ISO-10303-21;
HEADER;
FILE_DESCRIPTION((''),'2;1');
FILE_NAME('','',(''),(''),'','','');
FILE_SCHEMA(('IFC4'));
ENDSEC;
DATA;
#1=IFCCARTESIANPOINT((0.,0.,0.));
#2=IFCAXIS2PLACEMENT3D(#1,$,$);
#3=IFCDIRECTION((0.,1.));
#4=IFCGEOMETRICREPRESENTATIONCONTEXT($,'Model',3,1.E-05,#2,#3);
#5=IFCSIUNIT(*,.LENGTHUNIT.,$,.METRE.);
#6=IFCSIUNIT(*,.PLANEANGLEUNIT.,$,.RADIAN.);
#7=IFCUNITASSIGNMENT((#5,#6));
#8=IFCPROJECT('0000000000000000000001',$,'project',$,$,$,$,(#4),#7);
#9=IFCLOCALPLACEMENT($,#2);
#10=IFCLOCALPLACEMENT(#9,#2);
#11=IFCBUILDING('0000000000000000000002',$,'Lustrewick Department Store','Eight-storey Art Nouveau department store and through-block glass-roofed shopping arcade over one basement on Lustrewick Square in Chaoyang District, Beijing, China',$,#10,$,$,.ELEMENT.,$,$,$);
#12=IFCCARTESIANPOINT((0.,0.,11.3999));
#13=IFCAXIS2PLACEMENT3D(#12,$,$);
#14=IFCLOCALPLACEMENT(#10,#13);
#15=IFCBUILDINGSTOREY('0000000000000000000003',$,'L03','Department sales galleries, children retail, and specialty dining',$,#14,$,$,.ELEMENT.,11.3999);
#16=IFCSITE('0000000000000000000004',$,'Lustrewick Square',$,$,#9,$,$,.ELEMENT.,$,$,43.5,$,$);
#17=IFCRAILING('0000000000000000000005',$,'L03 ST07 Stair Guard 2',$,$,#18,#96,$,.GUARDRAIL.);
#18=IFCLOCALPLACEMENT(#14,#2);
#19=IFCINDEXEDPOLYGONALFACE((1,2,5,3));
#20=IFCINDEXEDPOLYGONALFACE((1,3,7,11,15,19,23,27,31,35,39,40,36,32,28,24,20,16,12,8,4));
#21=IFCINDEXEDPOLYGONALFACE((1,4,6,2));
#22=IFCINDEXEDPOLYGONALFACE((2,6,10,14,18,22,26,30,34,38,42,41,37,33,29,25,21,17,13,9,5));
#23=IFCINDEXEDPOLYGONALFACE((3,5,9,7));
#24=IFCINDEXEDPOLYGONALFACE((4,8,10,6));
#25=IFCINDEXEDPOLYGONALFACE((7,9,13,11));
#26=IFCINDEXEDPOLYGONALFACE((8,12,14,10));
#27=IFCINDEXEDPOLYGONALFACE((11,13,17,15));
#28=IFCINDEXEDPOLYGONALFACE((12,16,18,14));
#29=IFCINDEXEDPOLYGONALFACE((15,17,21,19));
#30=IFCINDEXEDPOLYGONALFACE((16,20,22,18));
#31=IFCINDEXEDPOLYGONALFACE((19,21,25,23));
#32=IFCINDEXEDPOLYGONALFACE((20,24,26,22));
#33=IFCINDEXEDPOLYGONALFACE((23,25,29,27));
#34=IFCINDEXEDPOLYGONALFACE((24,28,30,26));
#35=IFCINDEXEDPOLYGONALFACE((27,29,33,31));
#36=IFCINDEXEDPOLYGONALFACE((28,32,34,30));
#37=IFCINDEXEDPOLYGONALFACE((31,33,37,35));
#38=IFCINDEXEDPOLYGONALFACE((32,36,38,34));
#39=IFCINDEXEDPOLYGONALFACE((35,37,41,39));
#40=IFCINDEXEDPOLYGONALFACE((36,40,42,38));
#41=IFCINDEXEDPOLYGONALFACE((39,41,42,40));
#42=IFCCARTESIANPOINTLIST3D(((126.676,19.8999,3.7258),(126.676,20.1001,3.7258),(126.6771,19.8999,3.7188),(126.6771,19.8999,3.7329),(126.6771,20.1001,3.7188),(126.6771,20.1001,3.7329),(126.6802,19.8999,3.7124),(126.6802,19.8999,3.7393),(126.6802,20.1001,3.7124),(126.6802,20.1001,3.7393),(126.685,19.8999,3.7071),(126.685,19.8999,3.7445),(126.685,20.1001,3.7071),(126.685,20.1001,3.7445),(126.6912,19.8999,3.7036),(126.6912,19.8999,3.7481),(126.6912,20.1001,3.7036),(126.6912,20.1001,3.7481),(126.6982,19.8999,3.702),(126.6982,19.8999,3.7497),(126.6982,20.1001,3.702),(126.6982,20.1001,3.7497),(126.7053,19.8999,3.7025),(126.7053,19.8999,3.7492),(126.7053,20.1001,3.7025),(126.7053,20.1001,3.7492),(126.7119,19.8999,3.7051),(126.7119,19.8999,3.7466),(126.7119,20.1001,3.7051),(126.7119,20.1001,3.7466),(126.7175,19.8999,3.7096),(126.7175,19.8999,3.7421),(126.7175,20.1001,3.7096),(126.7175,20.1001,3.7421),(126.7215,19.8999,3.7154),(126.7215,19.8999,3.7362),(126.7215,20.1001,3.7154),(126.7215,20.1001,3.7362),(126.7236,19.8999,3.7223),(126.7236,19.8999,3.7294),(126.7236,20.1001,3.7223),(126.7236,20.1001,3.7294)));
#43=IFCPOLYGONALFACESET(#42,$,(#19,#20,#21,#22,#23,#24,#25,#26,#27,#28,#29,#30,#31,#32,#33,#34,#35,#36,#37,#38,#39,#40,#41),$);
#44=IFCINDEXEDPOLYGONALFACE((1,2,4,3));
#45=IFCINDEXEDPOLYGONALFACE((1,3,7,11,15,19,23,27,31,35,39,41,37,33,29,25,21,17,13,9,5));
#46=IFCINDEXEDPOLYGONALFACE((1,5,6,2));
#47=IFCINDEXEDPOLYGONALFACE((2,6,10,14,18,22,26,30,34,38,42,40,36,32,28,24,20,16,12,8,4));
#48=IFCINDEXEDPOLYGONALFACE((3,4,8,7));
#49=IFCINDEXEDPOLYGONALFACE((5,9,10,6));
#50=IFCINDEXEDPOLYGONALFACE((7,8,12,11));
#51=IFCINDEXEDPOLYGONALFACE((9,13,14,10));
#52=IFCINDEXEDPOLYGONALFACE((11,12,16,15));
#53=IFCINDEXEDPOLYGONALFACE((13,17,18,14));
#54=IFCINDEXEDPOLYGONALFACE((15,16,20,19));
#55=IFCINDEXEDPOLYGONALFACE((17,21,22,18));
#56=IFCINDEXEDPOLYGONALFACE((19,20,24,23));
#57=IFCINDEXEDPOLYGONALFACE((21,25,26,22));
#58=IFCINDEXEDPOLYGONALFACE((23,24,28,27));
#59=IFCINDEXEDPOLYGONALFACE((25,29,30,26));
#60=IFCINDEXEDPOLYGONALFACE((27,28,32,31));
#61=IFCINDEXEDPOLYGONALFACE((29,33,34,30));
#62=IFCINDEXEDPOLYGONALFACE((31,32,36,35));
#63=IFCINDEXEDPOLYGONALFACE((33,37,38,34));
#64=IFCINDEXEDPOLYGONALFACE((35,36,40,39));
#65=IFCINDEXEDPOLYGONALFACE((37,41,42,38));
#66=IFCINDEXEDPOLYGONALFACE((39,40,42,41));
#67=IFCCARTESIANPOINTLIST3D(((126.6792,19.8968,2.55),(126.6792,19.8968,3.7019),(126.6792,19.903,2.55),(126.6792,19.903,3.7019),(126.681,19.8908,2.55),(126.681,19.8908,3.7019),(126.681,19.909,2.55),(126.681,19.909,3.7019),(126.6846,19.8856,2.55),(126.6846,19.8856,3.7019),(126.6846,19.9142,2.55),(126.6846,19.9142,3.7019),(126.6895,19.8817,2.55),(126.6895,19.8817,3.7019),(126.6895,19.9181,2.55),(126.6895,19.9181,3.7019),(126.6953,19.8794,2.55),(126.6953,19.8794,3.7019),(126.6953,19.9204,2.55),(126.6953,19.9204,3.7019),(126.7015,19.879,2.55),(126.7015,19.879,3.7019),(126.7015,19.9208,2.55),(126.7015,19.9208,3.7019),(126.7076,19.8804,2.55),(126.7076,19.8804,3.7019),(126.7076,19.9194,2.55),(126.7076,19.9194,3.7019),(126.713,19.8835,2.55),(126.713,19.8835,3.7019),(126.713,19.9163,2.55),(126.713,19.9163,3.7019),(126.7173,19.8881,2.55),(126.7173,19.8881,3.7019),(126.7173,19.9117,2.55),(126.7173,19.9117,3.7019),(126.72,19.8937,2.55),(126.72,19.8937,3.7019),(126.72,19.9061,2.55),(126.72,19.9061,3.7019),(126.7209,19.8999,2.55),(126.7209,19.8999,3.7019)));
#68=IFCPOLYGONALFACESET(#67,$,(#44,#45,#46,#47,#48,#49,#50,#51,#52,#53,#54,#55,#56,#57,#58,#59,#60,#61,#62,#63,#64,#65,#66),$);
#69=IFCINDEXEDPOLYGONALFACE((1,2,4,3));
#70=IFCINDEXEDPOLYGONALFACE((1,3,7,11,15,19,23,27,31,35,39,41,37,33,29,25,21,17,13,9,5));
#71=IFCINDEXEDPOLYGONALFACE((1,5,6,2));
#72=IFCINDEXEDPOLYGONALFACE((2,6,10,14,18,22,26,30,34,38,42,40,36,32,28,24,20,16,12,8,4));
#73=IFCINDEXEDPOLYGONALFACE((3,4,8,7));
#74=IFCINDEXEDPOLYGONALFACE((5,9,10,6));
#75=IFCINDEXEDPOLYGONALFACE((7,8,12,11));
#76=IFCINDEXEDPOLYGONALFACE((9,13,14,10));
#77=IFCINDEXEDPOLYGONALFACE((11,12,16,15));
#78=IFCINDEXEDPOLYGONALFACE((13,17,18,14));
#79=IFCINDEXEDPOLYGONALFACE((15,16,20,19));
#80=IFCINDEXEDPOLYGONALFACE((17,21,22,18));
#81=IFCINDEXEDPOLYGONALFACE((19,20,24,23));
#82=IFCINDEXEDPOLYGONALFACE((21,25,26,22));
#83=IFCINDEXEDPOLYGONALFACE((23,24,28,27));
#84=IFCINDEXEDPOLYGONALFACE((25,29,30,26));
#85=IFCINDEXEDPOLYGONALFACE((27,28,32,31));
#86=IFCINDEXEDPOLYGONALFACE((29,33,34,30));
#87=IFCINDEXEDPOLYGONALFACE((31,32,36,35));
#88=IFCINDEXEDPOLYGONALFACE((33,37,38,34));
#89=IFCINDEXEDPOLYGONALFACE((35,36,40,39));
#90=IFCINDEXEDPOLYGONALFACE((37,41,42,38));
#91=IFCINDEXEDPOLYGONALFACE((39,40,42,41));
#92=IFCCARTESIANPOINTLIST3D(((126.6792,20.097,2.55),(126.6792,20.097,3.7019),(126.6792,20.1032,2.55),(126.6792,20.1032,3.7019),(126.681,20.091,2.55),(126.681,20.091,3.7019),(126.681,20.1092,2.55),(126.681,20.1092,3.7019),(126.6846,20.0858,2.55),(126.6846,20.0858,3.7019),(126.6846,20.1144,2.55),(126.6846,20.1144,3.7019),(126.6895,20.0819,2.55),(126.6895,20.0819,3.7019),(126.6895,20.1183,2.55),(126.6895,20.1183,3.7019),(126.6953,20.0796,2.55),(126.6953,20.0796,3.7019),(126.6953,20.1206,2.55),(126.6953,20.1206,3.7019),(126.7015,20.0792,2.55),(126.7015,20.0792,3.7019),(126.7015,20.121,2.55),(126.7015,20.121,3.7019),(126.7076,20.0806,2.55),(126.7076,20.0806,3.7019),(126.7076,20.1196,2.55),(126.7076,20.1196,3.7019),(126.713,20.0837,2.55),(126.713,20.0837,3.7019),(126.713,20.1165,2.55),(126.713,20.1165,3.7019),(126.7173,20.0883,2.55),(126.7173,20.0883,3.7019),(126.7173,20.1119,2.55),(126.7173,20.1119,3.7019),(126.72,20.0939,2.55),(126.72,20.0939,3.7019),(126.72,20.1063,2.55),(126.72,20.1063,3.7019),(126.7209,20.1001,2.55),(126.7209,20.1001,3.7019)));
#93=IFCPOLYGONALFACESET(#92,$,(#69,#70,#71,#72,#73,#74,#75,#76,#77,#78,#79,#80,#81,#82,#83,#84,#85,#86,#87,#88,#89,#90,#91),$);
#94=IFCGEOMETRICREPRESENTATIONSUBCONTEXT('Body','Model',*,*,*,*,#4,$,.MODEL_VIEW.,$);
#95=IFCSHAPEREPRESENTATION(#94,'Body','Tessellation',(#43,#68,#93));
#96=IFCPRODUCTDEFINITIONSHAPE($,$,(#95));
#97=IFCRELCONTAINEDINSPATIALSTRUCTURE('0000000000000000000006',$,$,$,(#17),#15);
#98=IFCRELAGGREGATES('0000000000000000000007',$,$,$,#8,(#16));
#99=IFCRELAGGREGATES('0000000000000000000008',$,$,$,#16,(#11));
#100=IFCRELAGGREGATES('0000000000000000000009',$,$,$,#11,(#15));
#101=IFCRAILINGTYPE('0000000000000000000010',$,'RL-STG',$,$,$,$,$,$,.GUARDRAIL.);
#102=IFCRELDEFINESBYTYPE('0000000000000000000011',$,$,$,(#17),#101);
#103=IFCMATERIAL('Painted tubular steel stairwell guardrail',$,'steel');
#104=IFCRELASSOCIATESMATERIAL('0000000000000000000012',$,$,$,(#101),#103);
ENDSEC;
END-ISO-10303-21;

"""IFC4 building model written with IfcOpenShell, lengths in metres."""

from ifc_helpers import new_model, si_unit, direction, frame, origin, origin_2d, place, context, subcontext, project, spatial, circle, extrude, material, type_object, element, save


model = new_model("IFC4")

# Units and contexts
model_context = context("Model", 3, precision=1e-05, world=origin(), true_north=direction((0.0, 1.0)))
body_context = subcontext(model_context, "Body", "Model", "MODEL_VIEW")
ifc_project = project(units=[si_unit("LENGTHUNIT", "METRE"), si_unit("PLANEANGLEUNIT", "RADIAN")], contexts=[model_context])

# Site, building, storey
site_placement = place(None, origin())
site = spatial("IfcSite", under=ifc_project, at=site_placement, Name="Lustrewick Square", CompositionType="ELEMENT", RefElevation=43.5)
building_placement = place(site_placement, origin())
building = spatial("IfcBuilding", under=site, at=building_placement, Name="Lustrewick Department Store", Description="Eight-storey Art Nouveau department store and through-block glass-roofed shopping arcade over one basement on Lustrewick Square in Chaoyang District, Beijing, China", CompositionType="ELEMENT")
storey_placement = place(building_placement, frame((0.0, 0.0, 11.3999)))
storey = spatial("IfcBuildingStorey", under=building, at=storey_placement, Name="L03", Description="Department sales galleries, children retail, and specialty dining", CompositionType="ELEMENT", Elevation=11.3999)

# Railing
ifc_material_1 = material(Name="Painted tubular steel stairwell guardrail", Category="steel")
railing_type_1 = type_object("IfcRailingType", Name="RL-STG", PredefinedType="GUARDRAIL", material=ifc_material_1)
railing_1_placement = place(storey_placement, frame((126.7, 19.8999, 2.55)))
element("IfcRailing", 1, at=railing_1_placement, inside=storey, type_object=railing_type_1, Name="L03 ST07 Stair Guard 2", PredefinedType="GUARDRAIL", context=body_context, shape_type="SweptSolid", body=[
    extrude(circle(Radius=0.0239, at=origin_2d()), frame((0.0, 0.0, 1.1758), z_axis=(0.0, 1.0, 0.0), x_axis=(-1.0, 0.0, 0.0)), (0.0, 0.0, 1.0), 0.2002),
    extrude(circle(Radius=0.021, at=origin_2d()), origin(), (0.0, 0.0, 1.0), 1.1519),
    extrude(circle(Radius=0.021, at=origin_2d()), frame((0.0, 0.2002, 0.0)), (0.0, 0.0, 1.0), 1.1519),
])

save(model, "model.ifc")
